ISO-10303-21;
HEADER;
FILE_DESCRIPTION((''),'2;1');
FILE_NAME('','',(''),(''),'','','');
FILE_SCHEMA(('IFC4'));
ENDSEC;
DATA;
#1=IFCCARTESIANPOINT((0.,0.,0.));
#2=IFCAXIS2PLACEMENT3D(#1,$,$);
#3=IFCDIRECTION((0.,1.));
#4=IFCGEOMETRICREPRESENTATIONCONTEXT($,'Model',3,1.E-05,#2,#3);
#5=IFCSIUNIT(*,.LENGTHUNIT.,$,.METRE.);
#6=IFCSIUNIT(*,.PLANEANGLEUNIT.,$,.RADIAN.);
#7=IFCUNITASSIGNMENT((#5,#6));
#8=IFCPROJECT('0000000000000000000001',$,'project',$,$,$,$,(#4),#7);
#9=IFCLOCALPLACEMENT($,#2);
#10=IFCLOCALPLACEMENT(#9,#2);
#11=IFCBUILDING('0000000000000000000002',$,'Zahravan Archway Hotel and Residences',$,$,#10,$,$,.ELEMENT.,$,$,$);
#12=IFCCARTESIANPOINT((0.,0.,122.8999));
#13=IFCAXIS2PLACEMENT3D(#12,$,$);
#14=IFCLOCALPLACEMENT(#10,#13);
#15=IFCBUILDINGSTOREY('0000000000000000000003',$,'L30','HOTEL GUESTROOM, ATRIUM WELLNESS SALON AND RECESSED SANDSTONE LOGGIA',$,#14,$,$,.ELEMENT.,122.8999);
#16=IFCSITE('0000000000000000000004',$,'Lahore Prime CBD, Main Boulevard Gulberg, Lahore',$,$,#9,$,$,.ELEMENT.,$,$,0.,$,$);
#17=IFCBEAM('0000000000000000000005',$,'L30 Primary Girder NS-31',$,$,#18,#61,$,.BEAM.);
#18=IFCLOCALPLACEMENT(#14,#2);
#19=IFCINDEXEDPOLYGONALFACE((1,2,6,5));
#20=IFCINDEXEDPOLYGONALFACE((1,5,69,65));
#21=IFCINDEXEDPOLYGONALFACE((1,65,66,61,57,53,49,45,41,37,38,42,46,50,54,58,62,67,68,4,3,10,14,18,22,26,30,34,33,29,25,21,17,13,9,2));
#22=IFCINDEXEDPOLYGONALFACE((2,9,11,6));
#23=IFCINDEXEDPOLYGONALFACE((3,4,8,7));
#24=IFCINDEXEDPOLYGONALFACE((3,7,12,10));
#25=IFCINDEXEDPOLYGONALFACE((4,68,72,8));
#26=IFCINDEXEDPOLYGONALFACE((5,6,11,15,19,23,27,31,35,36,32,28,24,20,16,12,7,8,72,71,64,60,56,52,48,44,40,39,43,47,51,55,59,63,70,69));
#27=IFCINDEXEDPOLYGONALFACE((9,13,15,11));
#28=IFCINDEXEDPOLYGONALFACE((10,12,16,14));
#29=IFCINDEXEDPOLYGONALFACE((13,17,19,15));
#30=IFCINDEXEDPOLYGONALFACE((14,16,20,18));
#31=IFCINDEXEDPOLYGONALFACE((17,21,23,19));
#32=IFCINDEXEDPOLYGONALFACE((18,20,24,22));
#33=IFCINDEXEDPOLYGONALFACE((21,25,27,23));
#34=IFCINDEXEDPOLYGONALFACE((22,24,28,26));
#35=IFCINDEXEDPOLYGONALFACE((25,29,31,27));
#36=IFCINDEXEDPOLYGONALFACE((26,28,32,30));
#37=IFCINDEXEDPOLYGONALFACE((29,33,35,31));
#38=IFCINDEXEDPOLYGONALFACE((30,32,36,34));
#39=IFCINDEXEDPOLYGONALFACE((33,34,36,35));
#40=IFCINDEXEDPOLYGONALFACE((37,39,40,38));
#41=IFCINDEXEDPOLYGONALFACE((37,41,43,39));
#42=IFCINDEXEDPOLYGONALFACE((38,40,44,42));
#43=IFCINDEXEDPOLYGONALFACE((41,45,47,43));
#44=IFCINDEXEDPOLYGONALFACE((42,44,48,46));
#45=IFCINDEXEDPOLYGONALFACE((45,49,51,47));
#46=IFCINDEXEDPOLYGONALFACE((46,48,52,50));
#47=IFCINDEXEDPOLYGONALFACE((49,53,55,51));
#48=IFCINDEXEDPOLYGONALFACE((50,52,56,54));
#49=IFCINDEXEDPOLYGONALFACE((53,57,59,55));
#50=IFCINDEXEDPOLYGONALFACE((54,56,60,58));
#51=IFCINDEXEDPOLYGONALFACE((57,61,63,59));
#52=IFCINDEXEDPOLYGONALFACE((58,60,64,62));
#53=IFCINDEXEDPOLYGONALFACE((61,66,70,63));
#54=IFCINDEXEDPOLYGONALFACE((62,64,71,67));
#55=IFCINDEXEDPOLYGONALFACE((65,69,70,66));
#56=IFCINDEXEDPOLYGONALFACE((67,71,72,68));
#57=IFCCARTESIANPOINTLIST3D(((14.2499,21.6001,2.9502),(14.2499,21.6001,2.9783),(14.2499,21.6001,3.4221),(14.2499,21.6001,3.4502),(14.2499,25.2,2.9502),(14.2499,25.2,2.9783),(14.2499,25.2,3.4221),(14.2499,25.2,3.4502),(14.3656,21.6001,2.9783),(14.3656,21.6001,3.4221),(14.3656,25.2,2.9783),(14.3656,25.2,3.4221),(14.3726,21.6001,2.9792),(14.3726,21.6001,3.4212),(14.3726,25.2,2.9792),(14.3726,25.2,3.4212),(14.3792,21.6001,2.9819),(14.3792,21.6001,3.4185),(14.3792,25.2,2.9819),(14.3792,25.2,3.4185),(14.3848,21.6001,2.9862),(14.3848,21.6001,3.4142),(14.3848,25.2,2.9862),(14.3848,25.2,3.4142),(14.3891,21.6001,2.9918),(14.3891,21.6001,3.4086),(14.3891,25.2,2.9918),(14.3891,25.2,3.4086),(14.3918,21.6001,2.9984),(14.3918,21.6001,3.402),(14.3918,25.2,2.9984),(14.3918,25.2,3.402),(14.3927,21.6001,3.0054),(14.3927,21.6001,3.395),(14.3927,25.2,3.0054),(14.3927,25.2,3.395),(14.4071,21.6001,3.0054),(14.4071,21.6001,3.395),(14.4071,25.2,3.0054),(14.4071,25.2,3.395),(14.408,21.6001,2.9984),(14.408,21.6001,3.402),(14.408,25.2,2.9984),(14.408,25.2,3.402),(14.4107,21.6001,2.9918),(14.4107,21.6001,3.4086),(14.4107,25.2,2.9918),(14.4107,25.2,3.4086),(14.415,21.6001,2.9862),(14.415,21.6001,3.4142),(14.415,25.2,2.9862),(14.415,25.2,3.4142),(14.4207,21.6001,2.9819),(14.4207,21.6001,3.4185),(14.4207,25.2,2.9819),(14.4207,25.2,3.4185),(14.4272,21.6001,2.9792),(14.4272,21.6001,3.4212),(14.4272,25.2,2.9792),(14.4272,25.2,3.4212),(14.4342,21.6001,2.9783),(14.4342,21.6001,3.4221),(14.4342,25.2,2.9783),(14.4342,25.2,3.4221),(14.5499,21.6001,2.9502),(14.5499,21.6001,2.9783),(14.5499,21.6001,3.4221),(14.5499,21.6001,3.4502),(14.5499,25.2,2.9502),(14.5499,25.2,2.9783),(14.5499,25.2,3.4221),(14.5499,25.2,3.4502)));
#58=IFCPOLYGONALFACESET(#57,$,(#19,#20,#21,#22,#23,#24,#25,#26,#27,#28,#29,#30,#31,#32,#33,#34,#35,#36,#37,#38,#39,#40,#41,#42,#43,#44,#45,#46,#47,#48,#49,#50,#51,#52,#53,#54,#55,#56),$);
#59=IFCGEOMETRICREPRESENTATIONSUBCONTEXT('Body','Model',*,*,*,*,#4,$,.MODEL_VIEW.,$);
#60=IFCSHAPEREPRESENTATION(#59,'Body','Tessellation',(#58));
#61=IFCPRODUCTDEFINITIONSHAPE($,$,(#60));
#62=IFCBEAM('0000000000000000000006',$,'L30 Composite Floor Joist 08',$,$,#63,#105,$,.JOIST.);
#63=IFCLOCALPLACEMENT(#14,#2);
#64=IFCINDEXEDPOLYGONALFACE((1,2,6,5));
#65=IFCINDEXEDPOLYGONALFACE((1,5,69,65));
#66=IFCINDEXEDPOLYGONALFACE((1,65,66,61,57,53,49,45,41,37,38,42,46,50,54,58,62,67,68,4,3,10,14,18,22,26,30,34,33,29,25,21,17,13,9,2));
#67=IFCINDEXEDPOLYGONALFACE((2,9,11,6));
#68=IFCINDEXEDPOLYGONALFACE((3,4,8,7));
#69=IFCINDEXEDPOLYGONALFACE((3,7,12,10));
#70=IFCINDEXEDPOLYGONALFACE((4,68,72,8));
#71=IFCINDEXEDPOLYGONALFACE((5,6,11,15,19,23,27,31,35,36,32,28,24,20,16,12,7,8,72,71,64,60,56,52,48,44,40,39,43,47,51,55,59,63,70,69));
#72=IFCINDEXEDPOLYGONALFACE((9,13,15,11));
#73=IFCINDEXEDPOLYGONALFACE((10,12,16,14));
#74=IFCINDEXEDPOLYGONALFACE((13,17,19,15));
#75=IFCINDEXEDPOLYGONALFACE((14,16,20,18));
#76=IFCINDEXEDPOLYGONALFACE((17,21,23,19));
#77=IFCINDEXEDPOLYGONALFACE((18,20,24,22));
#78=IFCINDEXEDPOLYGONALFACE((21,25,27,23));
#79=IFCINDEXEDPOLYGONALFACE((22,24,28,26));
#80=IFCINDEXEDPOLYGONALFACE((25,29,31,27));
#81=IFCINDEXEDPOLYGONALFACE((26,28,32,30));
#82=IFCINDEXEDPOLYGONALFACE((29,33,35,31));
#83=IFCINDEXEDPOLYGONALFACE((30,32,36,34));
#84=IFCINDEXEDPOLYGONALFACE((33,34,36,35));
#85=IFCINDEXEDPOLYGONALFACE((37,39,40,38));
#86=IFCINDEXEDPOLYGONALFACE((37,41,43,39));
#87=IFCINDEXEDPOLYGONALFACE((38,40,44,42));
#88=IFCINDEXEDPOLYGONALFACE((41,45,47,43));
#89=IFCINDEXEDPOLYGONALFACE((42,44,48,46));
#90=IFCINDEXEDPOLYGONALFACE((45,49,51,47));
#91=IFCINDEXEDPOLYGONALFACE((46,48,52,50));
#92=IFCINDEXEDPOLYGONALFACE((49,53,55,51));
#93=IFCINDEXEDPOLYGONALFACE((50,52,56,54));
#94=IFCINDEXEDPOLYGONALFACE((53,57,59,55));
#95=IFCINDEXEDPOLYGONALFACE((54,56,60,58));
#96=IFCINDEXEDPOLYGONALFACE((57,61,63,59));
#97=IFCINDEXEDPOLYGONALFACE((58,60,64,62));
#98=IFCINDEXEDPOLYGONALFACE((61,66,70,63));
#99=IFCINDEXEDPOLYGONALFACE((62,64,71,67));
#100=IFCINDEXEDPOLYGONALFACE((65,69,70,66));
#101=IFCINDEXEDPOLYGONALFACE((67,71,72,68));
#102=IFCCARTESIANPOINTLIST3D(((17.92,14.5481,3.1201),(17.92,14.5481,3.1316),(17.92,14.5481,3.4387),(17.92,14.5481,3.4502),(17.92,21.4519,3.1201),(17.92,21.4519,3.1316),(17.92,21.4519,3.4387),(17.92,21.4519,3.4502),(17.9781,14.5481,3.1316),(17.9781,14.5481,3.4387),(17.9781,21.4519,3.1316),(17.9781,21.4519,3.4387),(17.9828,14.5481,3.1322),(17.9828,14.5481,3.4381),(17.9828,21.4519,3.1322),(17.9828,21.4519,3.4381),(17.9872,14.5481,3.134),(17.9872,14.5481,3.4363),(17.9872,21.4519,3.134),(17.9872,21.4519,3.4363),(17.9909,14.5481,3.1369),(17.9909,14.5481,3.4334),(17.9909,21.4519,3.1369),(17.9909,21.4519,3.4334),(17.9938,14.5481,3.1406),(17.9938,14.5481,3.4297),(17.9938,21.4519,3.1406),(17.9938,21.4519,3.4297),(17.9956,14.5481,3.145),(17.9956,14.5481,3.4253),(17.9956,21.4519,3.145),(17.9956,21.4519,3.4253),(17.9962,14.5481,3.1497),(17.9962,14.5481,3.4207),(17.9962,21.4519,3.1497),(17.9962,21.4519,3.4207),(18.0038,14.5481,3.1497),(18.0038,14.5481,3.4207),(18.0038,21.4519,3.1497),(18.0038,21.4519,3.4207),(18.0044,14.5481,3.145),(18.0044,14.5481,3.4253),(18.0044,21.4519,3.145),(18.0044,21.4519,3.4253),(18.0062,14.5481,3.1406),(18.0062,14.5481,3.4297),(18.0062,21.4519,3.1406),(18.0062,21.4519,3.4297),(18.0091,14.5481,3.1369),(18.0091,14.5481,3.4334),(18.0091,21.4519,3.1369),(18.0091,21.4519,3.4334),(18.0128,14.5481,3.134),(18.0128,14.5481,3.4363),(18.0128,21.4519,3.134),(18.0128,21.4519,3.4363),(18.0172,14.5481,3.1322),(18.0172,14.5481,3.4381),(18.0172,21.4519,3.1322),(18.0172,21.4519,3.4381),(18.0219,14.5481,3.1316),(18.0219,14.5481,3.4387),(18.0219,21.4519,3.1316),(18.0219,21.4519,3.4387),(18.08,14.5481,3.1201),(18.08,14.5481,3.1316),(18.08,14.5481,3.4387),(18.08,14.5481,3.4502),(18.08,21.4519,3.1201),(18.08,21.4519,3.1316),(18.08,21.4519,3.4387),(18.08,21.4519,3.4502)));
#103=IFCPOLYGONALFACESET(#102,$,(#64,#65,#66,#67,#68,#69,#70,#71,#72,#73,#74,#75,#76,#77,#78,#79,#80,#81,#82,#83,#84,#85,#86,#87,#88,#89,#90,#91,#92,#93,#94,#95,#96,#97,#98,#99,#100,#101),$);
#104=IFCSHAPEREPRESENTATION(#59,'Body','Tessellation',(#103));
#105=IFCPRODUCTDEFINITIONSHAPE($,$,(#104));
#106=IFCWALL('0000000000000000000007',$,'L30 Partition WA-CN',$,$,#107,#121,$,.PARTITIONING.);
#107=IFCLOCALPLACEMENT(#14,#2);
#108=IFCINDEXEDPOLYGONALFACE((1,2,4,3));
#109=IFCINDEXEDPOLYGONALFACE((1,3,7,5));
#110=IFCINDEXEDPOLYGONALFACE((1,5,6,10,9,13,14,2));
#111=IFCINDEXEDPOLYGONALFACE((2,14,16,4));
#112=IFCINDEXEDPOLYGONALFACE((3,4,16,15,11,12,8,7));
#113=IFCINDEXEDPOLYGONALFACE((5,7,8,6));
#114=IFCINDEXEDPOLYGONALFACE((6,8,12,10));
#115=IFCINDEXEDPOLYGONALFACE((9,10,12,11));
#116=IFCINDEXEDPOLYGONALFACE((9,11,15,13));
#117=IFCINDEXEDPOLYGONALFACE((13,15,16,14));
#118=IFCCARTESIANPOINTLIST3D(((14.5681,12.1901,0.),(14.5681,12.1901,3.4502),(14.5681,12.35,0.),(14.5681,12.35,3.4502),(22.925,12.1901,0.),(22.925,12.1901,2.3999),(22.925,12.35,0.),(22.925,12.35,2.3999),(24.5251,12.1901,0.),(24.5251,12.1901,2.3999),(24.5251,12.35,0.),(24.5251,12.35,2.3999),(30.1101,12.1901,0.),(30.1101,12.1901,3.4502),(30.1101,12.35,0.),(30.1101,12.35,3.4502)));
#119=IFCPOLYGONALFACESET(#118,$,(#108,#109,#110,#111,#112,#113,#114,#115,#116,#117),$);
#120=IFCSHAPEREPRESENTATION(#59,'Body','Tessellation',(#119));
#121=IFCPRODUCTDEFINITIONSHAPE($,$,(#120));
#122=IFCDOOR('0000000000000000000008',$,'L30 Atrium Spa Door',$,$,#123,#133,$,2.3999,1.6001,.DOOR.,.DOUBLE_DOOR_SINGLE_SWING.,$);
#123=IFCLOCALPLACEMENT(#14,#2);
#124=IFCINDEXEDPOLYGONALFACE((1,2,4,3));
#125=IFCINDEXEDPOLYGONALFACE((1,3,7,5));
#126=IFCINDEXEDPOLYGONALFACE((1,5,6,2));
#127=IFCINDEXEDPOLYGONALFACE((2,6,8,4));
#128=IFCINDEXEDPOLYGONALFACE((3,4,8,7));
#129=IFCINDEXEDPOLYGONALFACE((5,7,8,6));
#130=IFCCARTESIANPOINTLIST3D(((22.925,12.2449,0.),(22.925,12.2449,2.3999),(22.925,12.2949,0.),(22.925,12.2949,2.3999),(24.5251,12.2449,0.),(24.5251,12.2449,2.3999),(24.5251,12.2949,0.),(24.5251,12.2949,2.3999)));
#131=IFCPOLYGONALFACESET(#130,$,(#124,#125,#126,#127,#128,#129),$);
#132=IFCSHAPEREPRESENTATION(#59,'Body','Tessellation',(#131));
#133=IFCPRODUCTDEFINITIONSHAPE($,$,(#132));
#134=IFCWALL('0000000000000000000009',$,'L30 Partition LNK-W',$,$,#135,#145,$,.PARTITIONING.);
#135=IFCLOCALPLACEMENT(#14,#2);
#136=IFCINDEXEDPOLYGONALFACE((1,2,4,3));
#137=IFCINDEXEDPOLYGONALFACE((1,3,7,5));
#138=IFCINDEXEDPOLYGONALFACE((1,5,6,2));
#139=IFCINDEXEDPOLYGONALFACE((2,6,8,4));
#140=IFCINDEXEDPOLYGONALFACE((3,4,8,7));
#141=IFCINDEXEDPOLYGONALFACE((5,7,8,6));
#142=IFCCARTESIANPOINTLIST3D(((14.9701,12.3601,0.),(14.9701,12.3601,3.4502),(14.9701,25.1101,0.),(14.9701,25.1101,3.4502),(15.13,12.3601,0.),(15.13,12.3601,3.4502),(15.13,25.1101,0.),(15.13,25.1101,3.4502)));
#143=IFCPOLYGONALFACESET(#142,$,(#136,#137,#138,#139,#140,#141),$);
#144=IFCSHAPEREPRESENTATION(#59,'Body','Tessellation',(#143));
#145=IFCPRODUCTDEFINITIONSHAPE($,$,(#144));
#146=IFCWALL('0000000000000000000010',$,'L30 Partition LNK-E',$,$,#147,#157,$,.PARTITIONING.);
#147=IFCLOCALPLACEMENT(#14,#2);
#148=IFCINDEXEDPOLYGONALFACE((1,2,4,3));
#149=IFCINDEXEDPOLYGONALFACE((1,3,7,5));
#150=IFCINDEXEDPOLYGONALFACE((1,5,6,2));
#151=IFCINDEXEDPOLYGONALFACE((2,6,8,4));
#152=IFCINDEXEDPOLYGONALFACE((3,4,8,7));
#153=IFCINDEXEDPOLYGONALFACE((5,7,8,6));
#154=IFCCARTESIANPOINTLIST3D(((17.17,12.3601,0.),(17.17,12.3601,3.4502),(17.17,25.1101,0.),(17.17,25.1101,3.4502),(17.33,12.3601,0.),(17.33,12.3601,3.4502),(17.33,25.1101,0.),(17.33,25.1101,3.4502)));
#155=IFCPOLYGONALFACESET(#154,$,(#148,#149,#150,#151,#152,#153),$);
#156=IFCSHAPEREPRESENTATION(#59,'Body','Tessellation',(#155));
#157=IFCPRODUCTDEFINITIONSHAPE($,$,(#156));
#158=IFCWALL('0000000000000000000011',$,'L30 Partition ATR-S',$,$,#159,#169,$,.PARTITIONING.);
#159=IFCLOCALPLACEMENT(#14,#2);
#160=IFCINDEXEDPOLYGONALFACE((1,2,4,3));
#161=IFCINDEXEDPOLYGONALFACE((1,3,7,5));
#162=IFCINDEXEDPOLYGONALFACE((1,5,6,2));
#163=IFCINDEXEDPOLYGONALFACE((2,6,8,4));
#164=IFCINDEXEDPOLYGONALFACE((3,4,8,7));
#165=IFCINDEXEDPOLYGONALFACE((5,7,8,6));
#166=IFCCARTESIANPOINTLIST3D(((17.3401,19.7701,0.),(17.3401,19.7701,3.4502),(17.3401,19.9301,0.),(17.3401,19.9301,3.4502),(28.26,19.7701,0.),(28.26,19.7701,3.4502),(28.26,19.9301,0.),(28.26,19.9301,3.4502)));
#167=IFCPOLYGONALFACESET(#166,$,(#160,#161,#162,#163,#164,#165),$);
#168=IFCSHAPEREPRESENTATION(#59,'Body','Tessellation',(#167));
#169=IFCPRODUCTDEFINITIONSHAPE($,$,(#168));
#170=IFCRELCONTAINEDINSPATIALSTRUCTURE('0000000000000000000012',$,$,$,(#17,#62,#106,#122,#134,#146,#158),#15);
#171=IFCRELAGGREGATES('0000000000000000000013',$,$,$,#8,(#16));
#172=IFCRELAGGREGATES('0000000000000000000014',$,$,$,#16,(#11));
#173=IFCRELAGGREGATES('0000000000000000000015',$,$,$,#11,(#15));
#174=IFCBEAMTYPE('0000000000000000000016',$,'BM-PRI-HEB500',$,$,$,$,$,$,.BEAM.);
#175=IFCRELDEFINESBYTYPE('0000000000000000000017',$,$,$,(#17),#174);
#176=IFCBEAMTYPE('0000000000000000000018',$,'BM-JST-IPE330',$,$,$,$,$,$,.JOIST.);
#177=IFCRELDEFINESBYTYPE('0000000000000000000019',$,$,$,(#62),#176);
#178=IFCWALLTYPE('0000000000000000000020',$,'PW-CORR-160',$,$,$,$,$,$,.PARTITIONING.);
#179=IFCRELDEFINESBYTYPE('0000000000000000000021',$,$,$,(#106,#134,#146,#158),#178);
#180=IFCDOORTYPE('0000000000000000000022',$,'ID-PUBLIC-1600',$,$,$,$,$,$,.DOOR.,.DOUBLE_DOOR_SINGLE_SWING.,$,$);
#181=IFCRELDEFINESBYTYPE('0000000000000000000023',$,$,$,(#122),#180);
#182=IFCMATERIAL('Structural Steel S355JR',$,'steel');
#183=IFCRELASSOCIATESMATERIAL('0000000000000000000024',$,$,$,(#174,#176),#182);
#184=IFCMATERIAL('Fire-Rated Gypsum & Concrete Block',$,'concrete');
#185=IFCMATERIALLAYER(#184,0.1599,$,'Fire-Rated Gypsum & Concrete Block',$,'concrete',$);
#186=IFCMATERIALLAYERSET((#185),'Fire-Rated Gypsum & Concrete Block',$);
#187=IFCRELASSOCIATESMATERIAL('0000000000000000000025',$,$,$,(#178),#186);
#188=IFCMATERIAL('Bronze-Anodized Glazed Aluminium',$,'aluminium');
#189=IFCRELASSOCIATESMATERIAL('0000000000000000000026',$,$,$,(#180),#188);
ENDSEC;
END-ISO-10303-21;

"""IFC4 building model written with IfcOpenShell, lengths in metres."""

from ifc_helpers import new_model, si_unit, direction, frame, frame_2d, origin, origin_2d, place, context, subcontext, project, spatial, rectangle, i_section, extrude, source, transform, mapped, material, layer, layer_set, material_profile, profile_set, type_object, type_shapes, element, fill, save


model = new_model("IFC4")

# Units and contexts
model_context = context("Model", 3, precision=1e-05, world=origin(), true_north=direction((0.0, 1.0)))
body_context = subcontext(model_context, "Body", "Model", "MODEL_VIEW")
ifc_project = project(units=[si_unit("LENGTHUNIT", "METRE"), si_unit("PLANEANGLEUNIT", "RADIAN")], contexts=[model_context])

# Site, building, storey
site_placement = place(None, origin())
site = spatial("IfcSite", under=ifc_project, at=site_placement, Name="Lahore Prime CBD, Main Boulevard Gulberg, Lahore", CompositionType="ELEMENT", RefElevation=0.0)
building_placement = place(site_placement, origin())
building = spatial("IfcBuilding", under=site, at=building_placement, Name="Zahravan Archway Hotel and Residences", CompositionType="ELEMENT")
storey_placement = place(building_placement, frame((0.0, 0.0, 122.8999)))
storey = spatial("IfcBuildingStorey", under=building, at=storey_placement, Name="L30", Description="HOTEL GUESTROOM, ATRIUM WELLNESS SALON AND RECESSED SANDSTONE LOGGIA", CompositionType="ELEMENT", Elevation=122.8999)

# Beams
ifc_material_1 = material(Name="Structural Steel S355JR", Category="steel")
ifc_material_profile_1 = material_profile(ifc_material_1, i_section(OverallWidth=0.3, OverallDepth=0.5, WebThickness=0.0144, FlangeThickness=0.0281, FilletRadius=0.0271, at=origin_2d()), Name="HEB 500", Category="steel")
ifc_profile_set_1 = profile_set([ifc_material_profile_1], Name="Structural Steel S355JR")
beam_type_1 = type_object("IfcBeamType", Name="BM-PRI-HEB500", PredefinedType="BEAM", material=ifc_profile_set_1)
shared_shape_1 = source(origin(), body_context, "Body", "SweptSolid", [
    extrude(i_section(OverallWidth=0.3, OverallDepth=0.5, WebThickness=0.0144, FlangeThickness=0.0281, FilletRadius=0.0271, at=origin_2d()), origin(), (0.0, 0.0, 1.0), 3.5999),
])
beam_1_placement = place(storey_placement, frame((14.3999, 21.6001, 3.2002), z_axis=(0.0, 1.0, 0.0), x_axis=(-1.0, 0.0, 0.0)))
element("IfcBeam", 1, at=beam_1_placement, inside=storey, type_object=beam_type_1, Name="L30 Primary Girder NS-31", PredefinedType="BEAM", context=body_context, shape_type="MappedRepresentation", body=[
    mapped(shared_shape_1, transform((0.0, 0.0, 0.0), scale=1.0)),
])
ifc_material_profile_2 = material_profile(ifc_material_1, i_section(OverallWidth=0.1599, OverallDepth=0.3301, WebThickness=0.0076, FlangeThickness=0.0115, FilletRadius=0.0181, at=origin_2d()), Name="IPE 330", Category="steel")
ifc_profile_set_2 = profile_set([ifc_material_profile_2], Name="Structural Steel S355JR")
beam_type_2 = type_object("IfcBeamType", Name="BM-JST-IPE330", PredefinedType="JOIST", material=ifc_profile_set_2)
shared_shape_2 = source(origin(), body_context, "Body", "SweptSolid", [
    extrude(i_section(OverallWidth=0.1599, OverallDepth=0.3301, WebThickness=0.0076, FlangeThickness=0.0115, FilletRadius=0.0181, at=origin_2d()), origin(), (0.0, 0.0, 1.0), 6.9038),
])
beam_2_placement = place(storey_placement, frame((18.0, 14.5481, 3.2852), z_axis=(0.0, 1.0, 0.0), x_axis=(-1.0, 0.0, 0.0)))
element("IfcBeam", 2, at=beam_2_placement, inside=storey, type_object=beam_type_2, Name="L30 Composite Floor Joist 08", PredefinedType="JOIST", context=body_context, shape_type="MappedRepresentation", body=[
    mapped(shared_shape_2, transform((0.0, 0.0, 0.0), scale=1.0)),
])

# Wall, opening, door
ifc_material_2 = material(Name="Fire-Rated Gypsum & Concrete Block", Category="concrete")
ifc_layer_1 = layer(ifc_material_2, 0.1599, Name="Fire-Rated Gypsum & Concrete Block", Category="concrete")
ifc_layer_set_1 = layer_set([ifc_layer_1], Name="Fire-Rated Gypsum & Concrete Block")
wall_type_1 = type_object("IfcWallType", Name="PW-CORR-160", PredefinedType="PARTITIONING", material=ifc_layer_set_1)
wall_1_placement = place(storey_placement, frame((14.5681, 12.27, 0.0), z_axis=(0.0, 0.0, 1.0), x_axis=(1.0, 0.0, 0.0)))
wall_1 = element("IfcWall", 3, at=wall_1_placement, inside=storey, type_object=wall_type_1, Name="L30 Partition WA-CN", PredefinedType="PARTITIONING", context=body_context, shape_type="SweptSolid", body=[
    extrude(rectangle(XDim=15.542, YDim=0.1599, at=frame_2d((7.771, 0.0))), origin(), (0.0, 0.0, 1.0), 3.4502),
])
opening_1_placement = place(wall_1_placement, frame((8.3569, 0.0, 0.0)))
opening_1 = element("IfcOpeningElement", 4, at=opening_1_placement, cuts=wall_1, PredefinedType="OPENING", context=body_context, shape_type="SweptSolid", body=[
    extrude(rectangle(XDim=1.6001, YDim=2.3999, at=frame_2d((0.8, 1.2))), frame((0.0, 0.0898, 0.0), z_axis=(0.0, -1.0, 0.0), x_axis=(1.0, 0.0, 0.0)), (0.0, 0.0, 1.0), 0.1799),
])
ifc_material_3 = material(Name="Bronze-Anodized Glazed Aluminium", Category="aluminium")
door_type_1 = type_object("IfcDoorType", Name="ID-PUBLIC-1600", OperationType="DOUBLE_DOOR_SINGLE_SWING", PredefinedType="DOOR", material=ifc_material_3)
shared_shape_3 = source(origin(), body_context, "Body", "SweptSolid", [
    extrude(rectangle(XDim=1.6001, YDim=2.3999, at=frame_2d((0.8, 1.2))), frame((0.0, 0.0249, 0.0), z_axis=(0.0, -1.0, 0.0), x_axis=(1.0, 0.0, 0.0)), (0.0, 0.0, 1.0), 0.05),
])
type_shapes(door_type_1, [shared_shape_3])
door_1_placement = place(opening_1_placement, origin())
door_1 = element("IfcDoor", 5, at=door_1_placement, inside=storey, type_object=door_type_1, Name="L30 Atrium Spa Door", OperationType="DOUBLE_DOOR_SINGLE_SWING", OverallHeight=2.3999, OverallWidth=1.6001, PredefinedType="DOOR", context=body_context, shape_type="MappedRepresentation", body=[
    mapped(shared_shape_3, transform((0.0, 0.0, 0.0), scale=1.0)),
])
fill(opening_1, door_1)

# Walls
for number, where, z_axis, x_axis, name in (
    (6, (15.05, 12.3601, 0.0), (0.0, 0.0, 1.0), (0.0, 1.0, 0.0), "L30 Partition LNK-W"),
    (7, (17.25, 12.3601, 0.0), (0.0, 0.0, 1.0), (0.0, 1.0, 0.0), "L30 Partition LNK-E"),
):
    element("IfcWall", number, at=place(storey_placement, frame(where, z_axis=z_axis, x_axis=x_axis)), inside=storey, type_object=wall_type_1, Name=name, PredefinedType="PARTITIONING", context=body_context, shape_type="SweptSolid", body=[
        extrude(rectangle(XDim=12.75, YDim=0.1599, at=frame_2d((6.375, 0.0))), origin(), (0.0, 0.0, 1.0), 3.4502),
    ])
wall_2_placement = place(storey_placement, frame((17.3401, 19.8501, 0.0), z_axis=(0.0, 0.0, 1.0), x_axis=(1.0, 0.0, 0.0)))
element("IfcWall", 8, at=wall_2_placement, inside=storey, type_object=wall_type_1, Name="L30 Partition ATR-S", PredefinedType="PARTITIONING", context=body_context, shape_type="SweptSolid", body=[
    extrude(rectangle(XDim=10.9199, YDim=0.1599, at=frame_2d((5.46, 0.0))), origin(), (0.0, 0.0, 1.0), 3.4502),
])

save(model, "model.ifc")
